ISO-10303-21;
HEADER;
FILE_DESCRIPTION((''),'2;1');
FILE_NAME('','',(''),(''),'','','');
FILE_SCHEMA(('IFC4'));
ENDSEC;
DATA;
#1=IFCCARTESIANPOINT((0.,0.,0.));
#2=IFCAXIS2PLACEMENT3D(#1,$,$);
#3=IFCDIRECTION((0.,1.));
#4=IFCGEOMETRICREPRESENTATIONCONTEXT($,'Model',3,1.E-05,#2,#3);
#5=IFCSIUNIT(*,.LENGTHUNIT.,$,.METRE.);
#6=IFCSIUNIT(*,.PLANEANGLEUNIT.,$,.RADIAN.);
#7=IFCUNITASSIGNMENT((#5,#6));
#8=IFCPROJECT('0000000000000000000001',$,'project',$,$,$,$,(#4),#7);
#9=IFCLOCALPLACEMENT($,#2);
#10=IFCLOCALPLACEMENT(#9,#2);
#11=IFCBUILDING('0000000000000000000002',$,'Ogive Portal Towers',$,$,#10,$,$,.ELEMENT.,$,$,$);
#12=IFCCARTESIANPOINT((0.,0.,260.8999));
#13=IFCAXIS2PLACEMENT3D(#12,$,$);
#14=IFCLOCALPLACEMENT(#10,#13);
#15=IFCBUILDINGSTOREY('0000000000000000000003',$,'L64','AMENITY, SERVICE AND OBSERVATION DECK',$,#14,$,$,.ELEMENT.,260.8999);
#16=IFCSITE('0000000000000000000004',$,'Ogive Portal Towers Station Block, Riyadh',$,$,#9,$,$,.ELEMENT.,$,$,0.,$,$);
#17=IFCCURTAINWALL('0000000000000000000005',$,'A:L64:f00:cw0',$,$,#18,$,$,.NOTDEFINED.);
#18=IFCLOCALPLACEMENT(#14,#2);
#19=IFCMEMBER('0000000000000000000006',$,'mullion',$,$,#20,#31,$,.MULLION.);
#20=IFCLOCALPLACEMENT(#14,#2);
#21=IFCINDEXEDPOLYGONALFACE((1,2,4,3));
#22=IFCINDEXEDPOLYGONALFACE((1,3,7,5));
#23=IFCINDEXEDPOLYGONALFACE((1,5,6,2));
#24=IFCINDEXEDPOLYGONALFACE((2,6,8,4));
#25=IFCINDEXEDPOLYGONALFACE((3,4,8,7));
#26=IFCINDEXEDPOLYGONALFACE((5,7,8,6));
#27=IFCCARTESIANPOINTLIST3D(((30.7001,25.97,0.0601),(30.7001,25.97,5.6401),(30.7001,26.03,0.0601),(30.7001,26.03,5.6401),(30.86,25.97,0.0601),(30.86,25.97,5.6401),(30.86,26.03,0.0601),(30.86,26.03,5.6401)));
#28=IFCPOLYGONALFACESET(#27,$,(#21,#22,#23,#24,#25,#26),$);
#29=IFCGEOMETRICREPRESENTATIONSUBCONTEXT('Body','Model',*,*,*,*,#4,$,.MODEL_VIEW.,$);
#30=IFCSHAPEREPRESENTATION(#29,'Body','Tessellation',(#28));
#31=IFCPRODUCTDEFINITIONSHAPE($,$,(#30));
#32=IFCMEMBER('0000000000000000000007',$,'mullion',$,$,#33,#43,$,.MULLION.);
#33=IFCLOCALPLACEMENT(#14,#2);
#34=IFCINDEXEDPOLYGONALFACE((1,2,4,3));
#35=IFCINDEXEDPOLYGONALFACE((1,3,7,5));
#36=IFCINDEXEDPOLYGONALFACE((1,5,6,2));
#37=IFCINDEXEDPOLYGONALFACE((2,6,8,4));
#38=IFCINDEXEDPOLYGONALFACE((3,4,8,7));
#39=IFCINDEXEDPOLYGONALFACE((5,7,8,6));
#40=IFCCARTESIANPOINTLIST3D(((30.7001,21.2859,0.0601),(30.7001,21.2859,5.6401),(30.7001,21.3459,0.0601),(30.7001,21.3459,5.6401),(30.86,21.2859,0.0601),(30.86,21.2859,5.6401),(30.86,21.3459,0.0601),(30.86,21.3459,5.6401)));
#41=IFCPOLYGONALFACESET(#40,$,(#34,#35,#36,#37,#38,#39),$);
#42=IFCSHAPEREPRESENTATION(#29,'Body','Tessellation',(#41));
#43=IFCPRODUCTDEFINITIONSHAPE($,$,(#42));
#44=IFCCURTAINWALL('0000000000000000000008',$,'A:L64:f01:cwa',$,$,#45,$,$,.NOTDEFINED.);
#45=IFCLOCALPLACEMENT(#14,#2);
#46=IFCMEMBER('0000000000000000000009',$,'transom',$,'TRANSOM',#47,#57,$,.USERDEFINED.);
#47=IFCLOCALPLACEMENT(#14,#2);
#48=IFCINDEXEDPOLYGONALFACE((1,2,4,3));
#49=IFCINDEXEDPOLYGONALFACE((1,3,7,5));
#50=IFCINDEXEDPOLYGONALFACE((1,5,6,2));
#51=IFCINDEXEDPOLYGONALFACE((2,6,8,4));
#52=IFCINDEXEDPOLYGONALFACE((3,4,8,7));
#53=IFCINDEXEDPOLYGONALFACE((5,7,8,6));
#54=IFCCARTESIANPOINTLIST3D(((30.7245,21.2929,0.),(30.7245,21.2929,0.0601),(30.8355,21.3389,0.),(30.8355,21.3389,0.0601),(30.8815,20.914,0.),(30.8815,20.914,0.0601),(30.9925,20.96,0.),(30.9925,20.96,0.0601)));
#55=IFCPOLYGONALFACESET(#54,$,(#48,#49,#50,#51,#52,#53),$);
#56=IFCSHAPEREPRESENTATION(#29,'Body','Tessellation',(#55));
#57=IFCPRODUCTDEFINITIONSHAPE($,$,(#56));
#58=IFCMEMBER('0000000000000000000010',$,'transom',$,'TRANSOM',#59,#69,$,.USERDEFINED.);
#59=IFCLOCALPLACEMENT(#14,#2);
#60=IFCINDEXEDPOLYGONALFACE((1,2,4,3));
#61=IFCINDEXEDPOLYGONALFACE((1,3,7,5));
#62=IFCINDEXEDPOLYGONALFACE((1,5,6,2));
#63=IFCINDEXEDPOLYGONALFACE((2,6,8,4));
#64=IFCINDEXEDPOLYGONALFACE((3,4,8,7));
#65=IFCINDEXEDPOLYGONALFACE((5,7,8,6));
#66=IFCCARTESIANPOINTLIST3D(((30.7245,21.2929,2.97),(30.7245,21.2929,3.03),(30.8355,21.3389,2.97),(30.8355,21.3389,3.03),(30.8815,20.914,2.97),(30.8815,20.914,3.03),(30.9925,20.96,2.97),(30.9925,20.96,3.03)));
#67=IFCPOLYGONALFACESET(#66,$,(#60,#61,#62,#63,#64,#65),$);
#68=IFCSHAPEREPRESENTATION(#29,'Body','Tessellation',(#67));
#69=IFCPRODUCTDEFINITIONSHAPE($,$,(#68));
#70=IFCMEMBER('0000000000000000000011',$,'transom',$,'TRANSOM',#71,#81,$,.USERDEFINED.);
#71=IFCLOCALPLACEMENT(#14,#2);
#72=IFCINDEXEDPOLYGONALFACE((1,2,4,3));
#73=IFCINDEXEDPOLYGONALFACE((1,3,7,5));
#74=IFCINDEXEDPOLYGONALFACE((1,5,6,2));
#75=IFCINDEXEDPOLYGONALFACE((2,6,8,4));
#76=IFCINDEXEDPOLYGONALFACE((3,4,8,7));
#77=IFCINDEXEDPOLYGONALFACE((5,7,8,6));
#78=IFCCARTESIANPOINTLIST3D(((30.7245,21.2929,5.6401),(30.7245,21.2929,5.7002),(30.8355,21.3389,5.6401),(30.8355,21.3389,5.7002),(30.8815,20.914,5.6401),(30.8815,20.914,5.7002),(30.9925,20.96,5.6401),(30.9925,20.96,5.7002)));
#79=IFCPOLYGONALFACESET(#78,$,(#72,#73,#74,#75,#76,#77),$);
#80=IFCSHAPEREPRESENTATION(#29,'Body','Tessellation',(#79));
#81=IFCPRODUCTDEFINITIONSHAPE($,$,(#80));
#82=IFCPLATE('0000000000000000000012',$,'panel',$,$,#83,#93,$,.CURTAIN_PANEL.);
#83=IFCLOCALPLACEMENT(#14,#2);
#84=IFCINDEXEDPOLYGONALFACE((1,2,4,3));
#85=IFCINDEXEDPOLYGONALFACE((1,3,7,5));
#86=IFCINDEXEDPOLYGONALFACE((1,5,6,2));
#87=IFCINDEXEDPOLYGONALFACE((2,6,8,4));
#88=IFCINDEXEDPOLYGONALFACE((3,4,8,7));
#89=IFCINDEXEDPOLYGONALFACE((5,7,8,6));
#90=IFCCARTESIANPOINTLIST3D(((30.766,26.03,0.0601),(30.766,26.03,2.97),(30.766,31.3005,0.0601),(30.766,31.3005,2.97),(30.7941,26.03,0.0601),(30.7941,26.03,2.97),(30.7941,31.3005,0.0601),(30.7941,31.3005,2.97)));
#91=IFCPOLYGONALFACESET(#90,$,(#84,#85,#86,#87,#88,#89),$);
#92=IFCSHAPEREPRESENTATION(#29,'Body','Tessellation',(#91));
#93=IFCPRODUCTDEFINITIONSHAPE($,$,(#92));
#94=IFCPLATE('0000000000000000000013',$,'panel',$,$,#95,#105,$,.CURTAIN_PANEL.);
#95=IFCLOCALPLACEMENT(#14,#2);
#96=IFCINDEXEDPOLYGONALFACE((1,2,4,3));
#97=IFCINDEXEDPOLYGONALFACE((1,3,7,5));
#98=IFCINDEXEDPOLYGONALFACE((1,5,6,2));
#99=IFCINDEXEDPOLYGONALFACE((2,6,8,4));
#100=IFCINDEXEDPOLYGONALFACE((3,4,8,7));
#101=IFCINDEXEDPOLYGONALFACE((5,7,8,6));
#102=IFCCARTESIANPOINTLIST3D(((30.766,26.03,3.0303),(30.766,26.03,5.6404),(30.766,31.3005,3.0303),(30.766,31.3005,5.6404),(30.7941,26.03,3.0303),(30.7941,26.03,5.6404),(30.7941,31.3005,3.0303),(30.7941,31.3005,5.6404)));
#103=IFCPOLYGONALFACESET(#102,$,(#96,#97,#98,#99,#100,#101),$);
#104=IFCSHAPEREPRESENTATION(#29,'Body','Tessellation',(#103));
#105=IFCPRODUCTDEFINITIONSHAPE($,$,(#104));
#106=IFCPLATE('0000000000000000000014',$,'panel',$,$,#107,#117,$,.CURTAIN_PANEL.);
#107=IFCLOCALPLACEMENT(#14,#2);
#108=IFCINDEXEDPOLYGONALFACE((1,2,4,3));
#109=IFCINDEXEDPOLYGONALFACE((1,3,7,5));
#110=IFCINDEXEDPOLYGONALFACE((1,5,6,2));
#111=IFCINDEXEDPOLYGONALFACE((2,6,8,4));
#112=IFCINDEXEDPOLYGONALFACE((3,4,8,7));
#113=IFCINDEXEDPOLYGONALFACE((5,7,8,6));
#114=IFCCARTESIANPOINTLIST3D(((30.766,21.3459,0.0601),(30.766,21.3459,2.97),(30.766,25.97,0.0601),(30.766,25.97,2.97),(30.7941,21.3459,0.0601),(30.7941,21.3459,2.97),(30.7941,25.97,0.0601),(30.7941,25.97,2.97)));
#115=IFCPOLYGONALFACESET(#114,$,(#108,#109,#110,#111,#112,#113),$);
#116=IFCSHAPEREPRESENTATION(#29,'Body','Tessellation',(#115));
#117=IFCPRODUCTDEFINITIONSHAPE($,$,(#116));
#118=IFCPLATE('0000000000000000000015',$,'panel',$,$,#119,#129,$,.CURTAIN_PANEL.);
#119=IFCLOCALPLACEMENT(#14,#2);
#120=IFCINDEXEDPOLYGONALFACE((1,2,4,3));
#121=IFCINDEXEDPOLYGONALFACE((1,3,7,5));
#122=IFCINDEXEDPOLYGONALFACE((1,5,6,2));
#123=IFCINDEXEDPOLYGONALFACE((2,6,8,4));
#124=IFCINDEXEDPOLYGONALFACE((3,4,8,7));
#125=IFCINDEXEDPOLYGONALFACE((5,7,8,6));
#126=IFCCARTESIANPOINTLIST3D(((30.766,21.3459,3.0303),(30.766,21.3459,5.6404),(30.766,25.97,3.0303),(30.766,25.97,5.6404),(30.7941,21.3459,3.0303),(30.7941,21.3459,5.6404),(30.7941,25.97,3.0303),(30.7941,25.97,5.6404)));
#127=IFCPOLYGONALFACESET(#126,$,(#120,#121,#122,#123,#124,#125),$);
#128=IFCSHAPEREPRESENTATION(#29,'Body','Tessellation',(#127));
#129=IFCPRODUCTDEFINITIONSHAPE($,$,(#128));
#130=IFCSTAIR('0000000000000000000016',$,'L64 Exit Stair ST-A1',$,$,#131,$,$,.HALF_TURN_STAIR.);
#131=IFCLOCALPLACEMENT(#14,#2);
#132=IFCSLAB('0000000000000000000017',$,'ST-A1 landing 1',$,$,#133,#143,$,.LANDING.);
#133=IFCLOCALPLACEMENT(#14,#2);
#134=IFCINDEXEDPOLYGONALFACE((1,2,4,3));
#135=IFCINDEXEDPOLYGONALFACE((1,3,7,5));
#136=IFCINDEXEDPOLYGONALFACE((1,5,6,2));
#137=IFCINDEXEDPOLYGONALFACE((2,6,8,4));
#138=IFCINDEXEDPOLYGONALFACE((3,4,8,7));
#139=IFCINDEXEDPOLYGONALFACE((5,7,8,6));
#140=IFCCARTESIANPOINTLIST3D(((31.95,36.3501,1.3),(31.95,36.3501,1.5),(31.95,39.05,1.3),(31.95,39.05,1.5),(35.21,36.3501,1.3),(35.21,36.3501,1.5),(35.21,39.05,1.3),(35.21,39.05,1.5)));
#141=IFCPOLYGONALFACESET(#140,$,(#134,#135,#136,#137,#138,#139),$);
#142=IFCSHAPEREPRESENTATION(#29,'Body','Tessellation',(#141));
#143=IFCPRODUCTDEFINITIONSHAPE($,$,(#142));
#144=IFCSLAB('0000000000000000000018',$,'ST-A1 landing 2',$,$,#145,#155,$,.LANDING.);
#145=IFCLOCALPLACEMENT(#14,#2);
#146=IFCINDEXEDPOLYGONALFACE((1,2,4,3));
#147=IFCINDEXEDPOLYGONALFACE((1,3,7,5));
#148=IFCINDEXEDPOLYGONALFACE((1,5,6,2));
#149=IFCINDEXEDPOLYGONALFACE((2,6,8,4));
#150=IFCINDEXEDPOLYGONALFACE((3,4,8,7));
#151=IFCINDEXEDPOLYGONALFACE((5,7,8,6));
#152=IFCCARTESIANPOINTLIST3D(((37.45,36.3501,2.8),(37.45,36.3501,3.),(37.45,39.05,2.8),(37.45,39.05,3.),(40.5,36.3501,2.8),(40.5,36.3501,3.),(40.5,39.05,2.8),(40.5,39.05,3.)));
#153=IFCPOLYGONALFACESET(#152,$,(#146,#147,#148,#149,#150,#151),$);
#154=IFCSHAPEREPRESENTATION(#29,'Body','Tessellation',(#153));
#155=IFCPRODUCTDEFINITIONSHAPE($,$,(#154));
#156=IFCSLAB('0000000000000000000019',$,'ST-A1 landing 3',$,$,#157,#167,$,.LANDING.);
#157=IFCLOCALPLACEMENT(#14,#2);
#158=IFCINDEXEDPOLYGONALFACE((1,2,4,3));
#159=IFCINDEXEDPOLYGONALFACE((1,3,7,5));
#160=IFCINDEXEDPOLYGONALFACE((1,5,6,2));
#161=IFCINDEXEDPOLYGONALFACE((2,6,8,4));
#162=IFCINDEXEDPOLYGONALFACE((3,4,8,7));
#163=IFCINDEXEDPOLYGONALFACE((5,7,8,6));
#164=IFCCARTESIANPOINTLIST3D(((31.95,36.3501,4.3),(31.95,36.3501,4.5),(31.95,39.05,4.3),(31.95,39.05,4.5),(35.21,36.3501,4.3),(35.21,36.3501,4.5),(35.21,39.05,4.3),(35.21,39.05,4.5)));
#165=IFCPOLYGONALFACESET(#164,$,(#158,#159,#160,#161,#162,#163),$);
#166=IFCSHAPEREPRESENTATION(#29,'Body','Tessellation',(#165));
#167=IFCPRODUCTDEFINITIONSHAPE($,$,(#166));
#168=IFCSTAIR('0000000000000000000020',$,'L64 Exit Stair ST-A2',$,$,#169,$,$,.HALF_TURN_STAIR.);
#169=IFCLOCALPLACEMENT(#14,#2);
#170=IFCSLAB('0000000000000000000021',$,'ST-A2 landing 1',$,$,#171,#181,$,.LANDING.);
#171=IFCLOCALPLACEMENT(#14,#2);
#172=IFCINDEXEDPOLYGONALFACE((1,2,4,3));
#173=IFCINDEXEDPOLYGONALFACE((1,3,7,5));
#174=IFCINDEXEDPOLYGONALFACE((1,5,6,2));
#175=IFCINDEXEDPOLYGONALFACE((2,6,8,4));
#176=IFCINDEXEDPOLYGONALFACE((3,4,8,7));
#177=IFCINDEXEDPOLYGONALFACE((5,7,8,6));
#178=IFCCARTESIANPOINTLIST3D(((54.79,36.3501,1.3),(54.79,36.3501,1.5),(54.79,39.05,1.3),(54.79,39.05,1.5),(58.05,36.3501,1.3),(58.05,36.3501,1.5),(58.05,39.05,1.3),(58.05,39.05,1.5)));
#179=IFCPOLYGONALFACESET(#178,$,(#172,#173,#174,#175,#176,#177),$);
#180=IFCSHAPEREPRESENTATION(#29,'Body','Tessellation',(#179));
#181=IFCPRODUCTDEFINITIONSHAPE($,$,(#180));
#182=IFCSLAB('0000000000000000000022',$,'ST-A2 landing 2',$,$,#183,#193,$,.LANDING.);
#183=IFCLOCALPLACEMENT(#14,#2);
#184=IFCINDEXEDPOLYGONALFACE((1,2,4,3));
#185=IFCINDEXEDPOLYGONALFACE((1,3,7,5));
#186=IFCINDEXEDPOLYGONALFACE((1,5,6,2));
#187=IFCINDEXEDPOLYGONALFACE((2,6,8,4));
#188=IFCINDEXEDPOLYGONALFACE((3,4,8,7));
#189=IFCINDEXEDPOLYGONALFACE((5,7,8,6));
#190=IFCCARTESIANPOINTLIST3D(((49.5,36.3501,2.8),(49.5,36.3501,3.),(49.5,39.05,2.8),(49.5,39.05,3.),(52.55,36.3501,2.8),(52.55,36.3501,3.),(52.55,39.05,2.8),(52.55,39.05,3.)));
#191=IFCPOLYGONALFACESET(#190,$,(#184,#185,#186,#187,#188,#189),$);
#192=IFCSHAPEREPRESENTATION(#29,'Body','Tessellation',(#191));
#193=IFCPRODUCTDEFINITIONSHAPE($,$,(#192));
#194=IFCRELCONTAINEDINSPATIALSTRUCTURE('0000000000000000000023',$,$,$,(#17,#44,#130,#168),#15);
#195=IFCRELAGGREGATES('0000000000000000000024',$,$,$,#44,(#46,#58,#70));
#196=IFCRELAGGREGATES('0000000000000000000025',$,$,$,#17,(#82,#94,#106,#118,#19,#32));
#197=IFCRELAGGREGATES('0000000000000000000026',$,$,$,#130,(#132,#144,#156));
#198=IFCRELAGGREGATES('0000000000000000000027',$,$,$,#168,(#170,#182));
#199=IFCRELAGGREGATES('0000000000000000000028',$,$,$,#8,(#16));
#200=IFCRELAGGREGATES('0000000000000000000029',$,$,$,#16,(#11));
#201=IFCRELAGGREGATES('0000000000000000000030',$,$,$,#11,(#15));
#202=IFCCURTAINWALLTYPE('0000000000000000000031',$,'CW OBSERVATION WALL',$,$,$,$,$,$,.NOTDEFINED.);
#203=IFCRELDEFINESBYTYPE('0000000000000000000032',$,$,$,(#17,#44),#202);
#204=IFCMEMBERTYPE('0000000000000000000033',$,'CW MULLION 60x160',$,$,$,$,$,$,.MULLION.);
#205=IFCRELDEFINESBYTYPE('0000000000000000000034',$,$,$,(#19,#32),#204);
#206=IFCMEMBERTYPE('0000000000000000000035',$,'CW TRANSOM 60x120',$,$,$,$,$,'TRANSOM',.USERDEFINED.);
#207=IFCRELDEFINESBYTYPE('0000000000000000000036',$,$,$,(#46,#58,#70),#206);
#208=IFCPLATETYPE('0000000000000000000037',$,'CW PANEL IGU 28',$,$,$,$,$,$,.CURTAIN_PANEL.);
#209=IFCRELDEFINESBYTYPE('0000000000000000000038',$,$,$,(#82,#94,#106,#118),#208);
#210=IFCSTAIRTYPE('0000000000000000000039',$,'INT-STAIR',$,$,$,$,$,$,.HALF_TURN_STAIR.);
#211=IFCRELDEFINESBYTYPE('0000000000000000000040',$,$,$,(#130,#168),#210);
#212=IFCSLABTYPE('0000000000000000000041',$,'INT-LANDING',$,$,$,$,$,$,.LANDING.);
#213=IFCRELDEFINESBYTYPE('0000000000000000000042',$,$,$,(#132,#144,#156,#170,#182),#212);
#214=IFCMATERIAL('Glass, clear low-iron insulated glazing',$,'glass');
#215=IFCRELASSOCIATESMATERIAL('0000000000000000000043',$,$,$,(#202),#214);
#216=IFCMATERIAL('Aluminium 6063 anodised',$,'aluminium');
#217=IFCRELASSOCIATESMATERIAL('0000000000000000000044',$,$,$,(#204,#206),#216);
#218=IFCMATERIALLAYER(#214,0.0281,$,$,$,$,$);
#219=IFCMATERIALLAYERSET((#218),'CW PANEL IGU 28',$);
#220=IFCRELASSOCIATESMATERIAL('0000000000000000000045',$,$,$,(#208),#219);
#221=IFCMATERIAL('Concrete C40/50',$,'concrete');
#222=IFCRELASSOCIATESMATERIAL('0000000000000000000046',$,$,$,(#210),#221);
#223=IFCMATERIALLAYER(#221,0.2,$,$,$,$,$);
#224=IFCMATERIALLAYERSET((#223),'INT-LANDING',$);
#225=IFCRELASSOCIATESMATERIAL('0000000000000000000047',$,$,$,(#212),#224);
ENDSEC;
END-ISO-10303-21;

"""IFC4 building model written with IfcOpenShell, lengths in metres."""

from ifc_helpers import new_model, si_unit, direction, frame, origin, origin_2d, place, context, subcontext, project, spatial, polyline, rectangle, outline, extrude, material, layer, layer_set, material_profile, profile_set, type_object, element, aggregate, save


model = new_model("IFC4")

# Units and contexts
model_context = context("Model", 3, precision=1e-05, world=origin(), true_north=direction((0.0, 1.0)))
body_context = subcontext(model_context, "Body", "Model", "MODEL_VIEW")
ifc_project = project(units=[si_unit("LENGTHUNIT", "METRE"), si_unit("PLANEANGLEUNIT", "RADIAN")], contexts=[model_context])

# Site, building, storey
site_placement = place(None, origin())
site = spatial("IfcSite", under=ifc_project, at=site_placement, Name="Ogive Portal Towers Station Block, Riyadh", CompositionType="ELEMENT", RefElevation=0.0)
building_placement = place(site_placement, origin())
building = spatial("IfcBuilding", under=site, at=building_placement, Name="Ogive Portal Towers", CompositionType="ELEMENT")
storey_placement = place(building_placement, frame((0.0, 0.0, 260.8999)))
storey = spatial("IfcBuildingStorey", under=building, at=storey_placement, Name="L64", Description="AMENITY, SERVICE AND OBSERVATION DECK", CompositionType="ELEMENT", Elevation=260.8999)

# Curtain walls, members
ifc_material_1 = material(Name="Glass, clear low-iron insulated glazing", Category="glass")
curtain_wall_type = type_object("IfcCurtainWallType", Name="CW OBSERVATION WALL", PredefinedType="NOTDEFINED", material=ifc_material_1)
curtain_wall_1_placement = place(storey_placement, origin())
curtain_wall_1 = element("IfcCurtainWall", 1, at=curtain_wall_1_placement, inside=storey, type_object=curtain_wall_type, Name="A:L64:f00:cw0", PredefinedType="NOTDEFINED")
ifc_material_2 = material(Name="Aluminium 6063 anodised", Category="aluminium")
ifc_material_profile_1 = material_profile(ifc_material_2, rectangle(XDim=0.1599, YDim=0.0601, at=origin_2d()), Name="AL 60x160")
ifc_profile_set_1 = profile_set([ifc_material_profile_1], Name="Aluminium 6063 anodised")
member_type_1 = type_object("IfcMemberType", Name="CW MULLION 60x160", PredefinedType="MULLION", material=ifc_profile_set_1)
member_1_placement = place(storey_placement, frame((30.78, 26.0, 0.0601), z_axis=(0.0, 0.0, 1.0), x_axis=(1.0, 0.0, 0.0)))
member_1 = element("IfcMember", 2, at=member_1_placement, type_object=member_type_1, Name="mullion", PredefinedType="MULLION", context=body_context, shape_type="SweptSolid", body=[
    extrude(rectangle(XDim=0.1599, YDim=0.0601, at=origin_2d()), origin(), (0.0, 0.0, 1.0), 5.5801),
])
member_2_placement = place(storey_placement, frame((30.78, 21.3159, 0.0601), z_axis=(0.0, 0.0, 1.0), x_axis=(1.0, 0.0, 0.0)))
member_2 = element("IfcMember", 3, at=member_2_placement, type_object=member_type_1, Name="mullion", PredefinedType="MULLION", context=body_context, shape_type="SweptSolid", body=[
    extrude(rectangle(XDim=0.1599, YDim=0.0601, at=origin_2d()), origin(), (0.0, 0.0, 1.0), 5.5801),
])
curtain_wall_2_placement = place(storey_placement, origin())
curtain_wall_2 = element("IfcCurtainWall", 4, at=curtain_wall_2_placement, inside=storey, type_object=curtain_wall_type, Name="A:L64:f01:cwa", PredefinedType="NOTDEFINED")
ifc_material_profile_2 = material_profile(ifc_material_2, rectangle(XDim=0.1201, YDim=0.0601, at=origin_2d()), Name="AL 120x60")
ifc_profile_set_2 = profile_set([ifc_material_profile_2], Name="Aluminium 6063 anodised")
member_type_2 = type_object("IfcMemberType", Name="CW TRANSOM 60x120", ElementType="TRANSOM", PredefinedType="USERDEFINED", material=ifc_profile_set_2)
member_3_placement = place(storey_placement, frame((30.78, 21.3159, 0.03), z_axis=(0.382755, -0.92385, 0.0), x_axis=(0.92385, 0.382755, 0.0)))
member_3 = element("IfcMember", 5, at=member_3_placement, type_object=member_type_2, Name="transom", ObjectType="TRANSOM", PredefinedType="USERDEFINED", context=body_context, shape_type="SweptSolid", body=[
    extrude(rectangle(XDim=0.1201, YDim=0.0601, at=origin_2d()), origin(), (0.0, 0.0, 1.0), 0.4102),
])
member_4_placement = place(storey_placement, frame((30.78, 21.3159, 3.0), z_axis=(0.382755, -0.92385, 0.0), x_axis=(0.92385, 0.382755, 0.0)))
member_4 = element("IfcMember", 6, at=member_4_placement, type_object=member_type_2, Name="transom", ObjectType="TRANSOM", PredefinedType="USERDEFINED", context=body_context, shape_type="SweptSolid", body=[
    extrude(rectangle(XDim=0.1201, YDim=0.0601, at=origin_2d()), origin(), (0.0, 0.0, 1.0), 0.4102),
])
member_5_placement = place(storey_placement, frame((30.78, 21.3159, 5.6702), z_axis=(0.382755, -0.92385, 0.0), x_axis=(0.92385, 0.382755, 0.0)))
member_5 = element("IfcMember", 7, at=member_5_placement, type_object=member_type_2, Name="transom", ObjectType="TRANSOM", PredefinedType="USERDEFINED", context=body_context, shape_type="SweptSolid", body=[
    extrude(rectangle(XDim=0.1201, YDim=0.0601, at=origin_2d()), origin(), (0.0, 0.0, 1.0), 0.4102),
])
aggregate(curtain_wall_2, [member_3, member_4, member_5])

# Plates
ifc_layer_1 = layer(ifc_material_1, 0.0281)
ifc_layer_set_1 = layer_set([ifc_layer_1], Name="CW PANEL IGU 28")
plate_type = type_object("IfcPlateType", Name="CW PANEL IGU 28", PredefinedType="CURTAIN_PANEL", material=ifc_layer_set_1)
plate_1_placement = place(storey_placement, frame((30.78, 28.6653, 0.0601), z_axis=(0.0, 0.0, 1.0), x_axis=(0.0, -1.0, 0.0)))
plate_1 = element("IfcPlate", 8, at=plate_1_placement, type_object=plate_type, Name="panel", PredefinedType="CURTAIN_PANEL", context=body_context, shape_type="SweptSolid", body=[
    extrude(rectangle(XDim=5.2705, YDim=0.0281, at=origin_2d()), origin(), (0.0, 0.0, 1.0), 2.9099),
])
plate_2_placement = place(storey_placement, frame((30.78, 28.6653, 3.0303), z_axis=(0.0, 0.0, 1.0), x_axis=(0.0, -1.0, 0.0)))
plate_2 = element("IfcPlate", 9, at=plate_2_placement, type_object=plate_type, Name="panel", PredefinedType="CURTAIN_PANEL", context=body_context, shape_type="SweptSolid", body=[
    extrude(rectangle(XDim=5.2705, YDim=0.0281, at=origin_2d()), origin(), (0.0, 0.0, 1.0), 2.6101),
])
plate_3_placement = place(storey_placement, frame((30.78, 23.658, 0.0601), z_axis=(0.0, 0.0, 1.0), x_axis=(0.0, -1.0, 0.0)))
plate_3 = element("IfcPlate", 10, at=plate_3_placement, type_object=plate_type, Name="panel", PredefinedType="CURTAIN_PANEL", context=body_context, shape_type="SweptSolid", body=[
    extrude(rectangle(XDim=4.624, YDim=0.0281, at=origin_2d()), origin(), (0.0, 0.0, 1.0), 2.9099),
])
plate_4_placement = place(storey_placement, frame((30.78, 23.658, 3.0303), z_axis=(0.0, 0.0, 1.0), x_axis=(0.0, -1.0, 0.0)))
plate_4 = element("IfcPlate", 11, at=plate_4_placement, type_object=plate_type, Name="panel", PredefinedType="CURTAIN_PANEL", context=body_context, shape_type="SweptSolid", body=[
    extrude(rectangle(XDim=4.624, YDim=0.0281, at=origin_2d()), origin(), (0.0, 0.0, 1.0), 2.6101),
])
aggregate(curtain_wall_1, [plate_1, plate_2, plate_3, plate_4, member_1, member_2])

# Stairs, slabs
ifc_material_3 = material(Name="Concrete C40/50", Category="concrete")
stair_type = type_object("IfcStairType", Name="INT-STAIR", PredefinedType="HALF_TURN_STAIR", material=ifc_material_3)
stair_1_placement = place(storey_placement, origin())
stair_1 = element("IfcStair", 12, at=stair_1_placement, inside=storey, type_object=stair_type, Name="L64 Exit Stair ST-A1", PredefinedType="HALF_TURN_STAIR")
ifc_layer_2 = layer(ifc_material_3, 0.2)
ifc_layer_set_2 = layer_set([ifc_layer_2], Name="INT-LANDING")
slab_type = type_object("IfcSlabType", Name="INT-LANDING", PredefinedType="LANDING", material=ifc_layer_set_2)
slab_1_placement = place(storey_placement, frame((0.0, 0.0, 1.3)))
slab_1 = element("IfcSlab", 13, at=slab_1_placement, type_object=slab_type, Name="ST-A1 landing 1", PredefinedType="LANDING", context=body_context, shape_type="SweptSolid", body=[
    extrude(outline(polyline([(35.21, 39.05), (31.95, 39.05), (31.95, 36.3501), (35.21, 36.3501), (35.21, 39.05)])), origin(), (0.0, 0.0, 1.0), 0.2),
])
slab_2_placement = place(storey_placement, frame((0.0, 0.0, 2.8)))
slab_2 = element("IfcSlab", 14, at=slab_2_placement, type_object=slab_type, Name="ST-A1 landing 2", PredefinedType="LANDING", context=body_context, shape_type="SweptSolid", body=[
    extrude(outline(polyline([(40.5, 39.05), (37.45, 39.05), (37.45, 36.3501), (40.5, 36.3501), (40.5, 39.05)])), origin(), (0.0, 0.0, 1.0), 0.2),
])
slab_3_placement = place(storey_placement, frame((0.0, 0.0, 4.3)))
slab_3 = element("IfcSlab", 15, at=slab_3_placement, type_object=slab_type, Name="ST-A1 landing 3", PredefinedType="LANDING", context=body_context, shape_type="SweptSolid", body=[
    extrude(outline(polyline([(35.21, 39.05), (31.95, 39.05), (31.95, 36.3501), (35.21, 36.3501), (35.21, 39.05)])), origin(), (0.0, 0.0, 1.0), 0.2),
])
aggregate(stair_1, [slab_1, slab_2, slab_3])
stair_2_placement = place(storey_placement, origin())
stair_2 = element("IfcStair", 16, at=stair_2_placement, inside=storey, type_object=stair_type, Name="L64 Exit Stair ST-A2", PredefinedType="HALF_TURN_STAIR")
slab_4_placement = place(storey_placement, frame((0.0, 0.0, 1.3)))
slab_4 = element("IfcSlab", 17, at=slab_4_placement, type_object=slab_type, Name="ST-A2 landing 1", PredefinedType="LANDING", context=body_context, shape_type="SweptSolid", body=[
    extrude(outline(polyline([(54.79, 36.3501), (58.05, 36.3501), (58.05, 39.05), (54.79, 39.05), (54.79, 36.3501)])), origin(), (0.0, 0.0, 1.0), 0.2),
])
slab_5_placement = place(storey_placement, frame((0.0, 0.0, 2.8)))
slab_5 = element("IfcSlab", 18, at=slab_5_placement, type_object=slab_type, Name="ST-A2 landing 2", PredefinedType="LANDING", context=body_context, shape_type="SweptSolid", body=[
    extrude(outline(polyline([(49.5, 36.3501), (52.55, 36.3501), (52.55, 39.05), (49.5, 39.05), (49.5, 36.3501)])), origin(), (0.0, 0.0, 1.0), 0.2),
])
aggregate(stair_2, [slab_4, slab_5])

save(model, "model.ifc")
